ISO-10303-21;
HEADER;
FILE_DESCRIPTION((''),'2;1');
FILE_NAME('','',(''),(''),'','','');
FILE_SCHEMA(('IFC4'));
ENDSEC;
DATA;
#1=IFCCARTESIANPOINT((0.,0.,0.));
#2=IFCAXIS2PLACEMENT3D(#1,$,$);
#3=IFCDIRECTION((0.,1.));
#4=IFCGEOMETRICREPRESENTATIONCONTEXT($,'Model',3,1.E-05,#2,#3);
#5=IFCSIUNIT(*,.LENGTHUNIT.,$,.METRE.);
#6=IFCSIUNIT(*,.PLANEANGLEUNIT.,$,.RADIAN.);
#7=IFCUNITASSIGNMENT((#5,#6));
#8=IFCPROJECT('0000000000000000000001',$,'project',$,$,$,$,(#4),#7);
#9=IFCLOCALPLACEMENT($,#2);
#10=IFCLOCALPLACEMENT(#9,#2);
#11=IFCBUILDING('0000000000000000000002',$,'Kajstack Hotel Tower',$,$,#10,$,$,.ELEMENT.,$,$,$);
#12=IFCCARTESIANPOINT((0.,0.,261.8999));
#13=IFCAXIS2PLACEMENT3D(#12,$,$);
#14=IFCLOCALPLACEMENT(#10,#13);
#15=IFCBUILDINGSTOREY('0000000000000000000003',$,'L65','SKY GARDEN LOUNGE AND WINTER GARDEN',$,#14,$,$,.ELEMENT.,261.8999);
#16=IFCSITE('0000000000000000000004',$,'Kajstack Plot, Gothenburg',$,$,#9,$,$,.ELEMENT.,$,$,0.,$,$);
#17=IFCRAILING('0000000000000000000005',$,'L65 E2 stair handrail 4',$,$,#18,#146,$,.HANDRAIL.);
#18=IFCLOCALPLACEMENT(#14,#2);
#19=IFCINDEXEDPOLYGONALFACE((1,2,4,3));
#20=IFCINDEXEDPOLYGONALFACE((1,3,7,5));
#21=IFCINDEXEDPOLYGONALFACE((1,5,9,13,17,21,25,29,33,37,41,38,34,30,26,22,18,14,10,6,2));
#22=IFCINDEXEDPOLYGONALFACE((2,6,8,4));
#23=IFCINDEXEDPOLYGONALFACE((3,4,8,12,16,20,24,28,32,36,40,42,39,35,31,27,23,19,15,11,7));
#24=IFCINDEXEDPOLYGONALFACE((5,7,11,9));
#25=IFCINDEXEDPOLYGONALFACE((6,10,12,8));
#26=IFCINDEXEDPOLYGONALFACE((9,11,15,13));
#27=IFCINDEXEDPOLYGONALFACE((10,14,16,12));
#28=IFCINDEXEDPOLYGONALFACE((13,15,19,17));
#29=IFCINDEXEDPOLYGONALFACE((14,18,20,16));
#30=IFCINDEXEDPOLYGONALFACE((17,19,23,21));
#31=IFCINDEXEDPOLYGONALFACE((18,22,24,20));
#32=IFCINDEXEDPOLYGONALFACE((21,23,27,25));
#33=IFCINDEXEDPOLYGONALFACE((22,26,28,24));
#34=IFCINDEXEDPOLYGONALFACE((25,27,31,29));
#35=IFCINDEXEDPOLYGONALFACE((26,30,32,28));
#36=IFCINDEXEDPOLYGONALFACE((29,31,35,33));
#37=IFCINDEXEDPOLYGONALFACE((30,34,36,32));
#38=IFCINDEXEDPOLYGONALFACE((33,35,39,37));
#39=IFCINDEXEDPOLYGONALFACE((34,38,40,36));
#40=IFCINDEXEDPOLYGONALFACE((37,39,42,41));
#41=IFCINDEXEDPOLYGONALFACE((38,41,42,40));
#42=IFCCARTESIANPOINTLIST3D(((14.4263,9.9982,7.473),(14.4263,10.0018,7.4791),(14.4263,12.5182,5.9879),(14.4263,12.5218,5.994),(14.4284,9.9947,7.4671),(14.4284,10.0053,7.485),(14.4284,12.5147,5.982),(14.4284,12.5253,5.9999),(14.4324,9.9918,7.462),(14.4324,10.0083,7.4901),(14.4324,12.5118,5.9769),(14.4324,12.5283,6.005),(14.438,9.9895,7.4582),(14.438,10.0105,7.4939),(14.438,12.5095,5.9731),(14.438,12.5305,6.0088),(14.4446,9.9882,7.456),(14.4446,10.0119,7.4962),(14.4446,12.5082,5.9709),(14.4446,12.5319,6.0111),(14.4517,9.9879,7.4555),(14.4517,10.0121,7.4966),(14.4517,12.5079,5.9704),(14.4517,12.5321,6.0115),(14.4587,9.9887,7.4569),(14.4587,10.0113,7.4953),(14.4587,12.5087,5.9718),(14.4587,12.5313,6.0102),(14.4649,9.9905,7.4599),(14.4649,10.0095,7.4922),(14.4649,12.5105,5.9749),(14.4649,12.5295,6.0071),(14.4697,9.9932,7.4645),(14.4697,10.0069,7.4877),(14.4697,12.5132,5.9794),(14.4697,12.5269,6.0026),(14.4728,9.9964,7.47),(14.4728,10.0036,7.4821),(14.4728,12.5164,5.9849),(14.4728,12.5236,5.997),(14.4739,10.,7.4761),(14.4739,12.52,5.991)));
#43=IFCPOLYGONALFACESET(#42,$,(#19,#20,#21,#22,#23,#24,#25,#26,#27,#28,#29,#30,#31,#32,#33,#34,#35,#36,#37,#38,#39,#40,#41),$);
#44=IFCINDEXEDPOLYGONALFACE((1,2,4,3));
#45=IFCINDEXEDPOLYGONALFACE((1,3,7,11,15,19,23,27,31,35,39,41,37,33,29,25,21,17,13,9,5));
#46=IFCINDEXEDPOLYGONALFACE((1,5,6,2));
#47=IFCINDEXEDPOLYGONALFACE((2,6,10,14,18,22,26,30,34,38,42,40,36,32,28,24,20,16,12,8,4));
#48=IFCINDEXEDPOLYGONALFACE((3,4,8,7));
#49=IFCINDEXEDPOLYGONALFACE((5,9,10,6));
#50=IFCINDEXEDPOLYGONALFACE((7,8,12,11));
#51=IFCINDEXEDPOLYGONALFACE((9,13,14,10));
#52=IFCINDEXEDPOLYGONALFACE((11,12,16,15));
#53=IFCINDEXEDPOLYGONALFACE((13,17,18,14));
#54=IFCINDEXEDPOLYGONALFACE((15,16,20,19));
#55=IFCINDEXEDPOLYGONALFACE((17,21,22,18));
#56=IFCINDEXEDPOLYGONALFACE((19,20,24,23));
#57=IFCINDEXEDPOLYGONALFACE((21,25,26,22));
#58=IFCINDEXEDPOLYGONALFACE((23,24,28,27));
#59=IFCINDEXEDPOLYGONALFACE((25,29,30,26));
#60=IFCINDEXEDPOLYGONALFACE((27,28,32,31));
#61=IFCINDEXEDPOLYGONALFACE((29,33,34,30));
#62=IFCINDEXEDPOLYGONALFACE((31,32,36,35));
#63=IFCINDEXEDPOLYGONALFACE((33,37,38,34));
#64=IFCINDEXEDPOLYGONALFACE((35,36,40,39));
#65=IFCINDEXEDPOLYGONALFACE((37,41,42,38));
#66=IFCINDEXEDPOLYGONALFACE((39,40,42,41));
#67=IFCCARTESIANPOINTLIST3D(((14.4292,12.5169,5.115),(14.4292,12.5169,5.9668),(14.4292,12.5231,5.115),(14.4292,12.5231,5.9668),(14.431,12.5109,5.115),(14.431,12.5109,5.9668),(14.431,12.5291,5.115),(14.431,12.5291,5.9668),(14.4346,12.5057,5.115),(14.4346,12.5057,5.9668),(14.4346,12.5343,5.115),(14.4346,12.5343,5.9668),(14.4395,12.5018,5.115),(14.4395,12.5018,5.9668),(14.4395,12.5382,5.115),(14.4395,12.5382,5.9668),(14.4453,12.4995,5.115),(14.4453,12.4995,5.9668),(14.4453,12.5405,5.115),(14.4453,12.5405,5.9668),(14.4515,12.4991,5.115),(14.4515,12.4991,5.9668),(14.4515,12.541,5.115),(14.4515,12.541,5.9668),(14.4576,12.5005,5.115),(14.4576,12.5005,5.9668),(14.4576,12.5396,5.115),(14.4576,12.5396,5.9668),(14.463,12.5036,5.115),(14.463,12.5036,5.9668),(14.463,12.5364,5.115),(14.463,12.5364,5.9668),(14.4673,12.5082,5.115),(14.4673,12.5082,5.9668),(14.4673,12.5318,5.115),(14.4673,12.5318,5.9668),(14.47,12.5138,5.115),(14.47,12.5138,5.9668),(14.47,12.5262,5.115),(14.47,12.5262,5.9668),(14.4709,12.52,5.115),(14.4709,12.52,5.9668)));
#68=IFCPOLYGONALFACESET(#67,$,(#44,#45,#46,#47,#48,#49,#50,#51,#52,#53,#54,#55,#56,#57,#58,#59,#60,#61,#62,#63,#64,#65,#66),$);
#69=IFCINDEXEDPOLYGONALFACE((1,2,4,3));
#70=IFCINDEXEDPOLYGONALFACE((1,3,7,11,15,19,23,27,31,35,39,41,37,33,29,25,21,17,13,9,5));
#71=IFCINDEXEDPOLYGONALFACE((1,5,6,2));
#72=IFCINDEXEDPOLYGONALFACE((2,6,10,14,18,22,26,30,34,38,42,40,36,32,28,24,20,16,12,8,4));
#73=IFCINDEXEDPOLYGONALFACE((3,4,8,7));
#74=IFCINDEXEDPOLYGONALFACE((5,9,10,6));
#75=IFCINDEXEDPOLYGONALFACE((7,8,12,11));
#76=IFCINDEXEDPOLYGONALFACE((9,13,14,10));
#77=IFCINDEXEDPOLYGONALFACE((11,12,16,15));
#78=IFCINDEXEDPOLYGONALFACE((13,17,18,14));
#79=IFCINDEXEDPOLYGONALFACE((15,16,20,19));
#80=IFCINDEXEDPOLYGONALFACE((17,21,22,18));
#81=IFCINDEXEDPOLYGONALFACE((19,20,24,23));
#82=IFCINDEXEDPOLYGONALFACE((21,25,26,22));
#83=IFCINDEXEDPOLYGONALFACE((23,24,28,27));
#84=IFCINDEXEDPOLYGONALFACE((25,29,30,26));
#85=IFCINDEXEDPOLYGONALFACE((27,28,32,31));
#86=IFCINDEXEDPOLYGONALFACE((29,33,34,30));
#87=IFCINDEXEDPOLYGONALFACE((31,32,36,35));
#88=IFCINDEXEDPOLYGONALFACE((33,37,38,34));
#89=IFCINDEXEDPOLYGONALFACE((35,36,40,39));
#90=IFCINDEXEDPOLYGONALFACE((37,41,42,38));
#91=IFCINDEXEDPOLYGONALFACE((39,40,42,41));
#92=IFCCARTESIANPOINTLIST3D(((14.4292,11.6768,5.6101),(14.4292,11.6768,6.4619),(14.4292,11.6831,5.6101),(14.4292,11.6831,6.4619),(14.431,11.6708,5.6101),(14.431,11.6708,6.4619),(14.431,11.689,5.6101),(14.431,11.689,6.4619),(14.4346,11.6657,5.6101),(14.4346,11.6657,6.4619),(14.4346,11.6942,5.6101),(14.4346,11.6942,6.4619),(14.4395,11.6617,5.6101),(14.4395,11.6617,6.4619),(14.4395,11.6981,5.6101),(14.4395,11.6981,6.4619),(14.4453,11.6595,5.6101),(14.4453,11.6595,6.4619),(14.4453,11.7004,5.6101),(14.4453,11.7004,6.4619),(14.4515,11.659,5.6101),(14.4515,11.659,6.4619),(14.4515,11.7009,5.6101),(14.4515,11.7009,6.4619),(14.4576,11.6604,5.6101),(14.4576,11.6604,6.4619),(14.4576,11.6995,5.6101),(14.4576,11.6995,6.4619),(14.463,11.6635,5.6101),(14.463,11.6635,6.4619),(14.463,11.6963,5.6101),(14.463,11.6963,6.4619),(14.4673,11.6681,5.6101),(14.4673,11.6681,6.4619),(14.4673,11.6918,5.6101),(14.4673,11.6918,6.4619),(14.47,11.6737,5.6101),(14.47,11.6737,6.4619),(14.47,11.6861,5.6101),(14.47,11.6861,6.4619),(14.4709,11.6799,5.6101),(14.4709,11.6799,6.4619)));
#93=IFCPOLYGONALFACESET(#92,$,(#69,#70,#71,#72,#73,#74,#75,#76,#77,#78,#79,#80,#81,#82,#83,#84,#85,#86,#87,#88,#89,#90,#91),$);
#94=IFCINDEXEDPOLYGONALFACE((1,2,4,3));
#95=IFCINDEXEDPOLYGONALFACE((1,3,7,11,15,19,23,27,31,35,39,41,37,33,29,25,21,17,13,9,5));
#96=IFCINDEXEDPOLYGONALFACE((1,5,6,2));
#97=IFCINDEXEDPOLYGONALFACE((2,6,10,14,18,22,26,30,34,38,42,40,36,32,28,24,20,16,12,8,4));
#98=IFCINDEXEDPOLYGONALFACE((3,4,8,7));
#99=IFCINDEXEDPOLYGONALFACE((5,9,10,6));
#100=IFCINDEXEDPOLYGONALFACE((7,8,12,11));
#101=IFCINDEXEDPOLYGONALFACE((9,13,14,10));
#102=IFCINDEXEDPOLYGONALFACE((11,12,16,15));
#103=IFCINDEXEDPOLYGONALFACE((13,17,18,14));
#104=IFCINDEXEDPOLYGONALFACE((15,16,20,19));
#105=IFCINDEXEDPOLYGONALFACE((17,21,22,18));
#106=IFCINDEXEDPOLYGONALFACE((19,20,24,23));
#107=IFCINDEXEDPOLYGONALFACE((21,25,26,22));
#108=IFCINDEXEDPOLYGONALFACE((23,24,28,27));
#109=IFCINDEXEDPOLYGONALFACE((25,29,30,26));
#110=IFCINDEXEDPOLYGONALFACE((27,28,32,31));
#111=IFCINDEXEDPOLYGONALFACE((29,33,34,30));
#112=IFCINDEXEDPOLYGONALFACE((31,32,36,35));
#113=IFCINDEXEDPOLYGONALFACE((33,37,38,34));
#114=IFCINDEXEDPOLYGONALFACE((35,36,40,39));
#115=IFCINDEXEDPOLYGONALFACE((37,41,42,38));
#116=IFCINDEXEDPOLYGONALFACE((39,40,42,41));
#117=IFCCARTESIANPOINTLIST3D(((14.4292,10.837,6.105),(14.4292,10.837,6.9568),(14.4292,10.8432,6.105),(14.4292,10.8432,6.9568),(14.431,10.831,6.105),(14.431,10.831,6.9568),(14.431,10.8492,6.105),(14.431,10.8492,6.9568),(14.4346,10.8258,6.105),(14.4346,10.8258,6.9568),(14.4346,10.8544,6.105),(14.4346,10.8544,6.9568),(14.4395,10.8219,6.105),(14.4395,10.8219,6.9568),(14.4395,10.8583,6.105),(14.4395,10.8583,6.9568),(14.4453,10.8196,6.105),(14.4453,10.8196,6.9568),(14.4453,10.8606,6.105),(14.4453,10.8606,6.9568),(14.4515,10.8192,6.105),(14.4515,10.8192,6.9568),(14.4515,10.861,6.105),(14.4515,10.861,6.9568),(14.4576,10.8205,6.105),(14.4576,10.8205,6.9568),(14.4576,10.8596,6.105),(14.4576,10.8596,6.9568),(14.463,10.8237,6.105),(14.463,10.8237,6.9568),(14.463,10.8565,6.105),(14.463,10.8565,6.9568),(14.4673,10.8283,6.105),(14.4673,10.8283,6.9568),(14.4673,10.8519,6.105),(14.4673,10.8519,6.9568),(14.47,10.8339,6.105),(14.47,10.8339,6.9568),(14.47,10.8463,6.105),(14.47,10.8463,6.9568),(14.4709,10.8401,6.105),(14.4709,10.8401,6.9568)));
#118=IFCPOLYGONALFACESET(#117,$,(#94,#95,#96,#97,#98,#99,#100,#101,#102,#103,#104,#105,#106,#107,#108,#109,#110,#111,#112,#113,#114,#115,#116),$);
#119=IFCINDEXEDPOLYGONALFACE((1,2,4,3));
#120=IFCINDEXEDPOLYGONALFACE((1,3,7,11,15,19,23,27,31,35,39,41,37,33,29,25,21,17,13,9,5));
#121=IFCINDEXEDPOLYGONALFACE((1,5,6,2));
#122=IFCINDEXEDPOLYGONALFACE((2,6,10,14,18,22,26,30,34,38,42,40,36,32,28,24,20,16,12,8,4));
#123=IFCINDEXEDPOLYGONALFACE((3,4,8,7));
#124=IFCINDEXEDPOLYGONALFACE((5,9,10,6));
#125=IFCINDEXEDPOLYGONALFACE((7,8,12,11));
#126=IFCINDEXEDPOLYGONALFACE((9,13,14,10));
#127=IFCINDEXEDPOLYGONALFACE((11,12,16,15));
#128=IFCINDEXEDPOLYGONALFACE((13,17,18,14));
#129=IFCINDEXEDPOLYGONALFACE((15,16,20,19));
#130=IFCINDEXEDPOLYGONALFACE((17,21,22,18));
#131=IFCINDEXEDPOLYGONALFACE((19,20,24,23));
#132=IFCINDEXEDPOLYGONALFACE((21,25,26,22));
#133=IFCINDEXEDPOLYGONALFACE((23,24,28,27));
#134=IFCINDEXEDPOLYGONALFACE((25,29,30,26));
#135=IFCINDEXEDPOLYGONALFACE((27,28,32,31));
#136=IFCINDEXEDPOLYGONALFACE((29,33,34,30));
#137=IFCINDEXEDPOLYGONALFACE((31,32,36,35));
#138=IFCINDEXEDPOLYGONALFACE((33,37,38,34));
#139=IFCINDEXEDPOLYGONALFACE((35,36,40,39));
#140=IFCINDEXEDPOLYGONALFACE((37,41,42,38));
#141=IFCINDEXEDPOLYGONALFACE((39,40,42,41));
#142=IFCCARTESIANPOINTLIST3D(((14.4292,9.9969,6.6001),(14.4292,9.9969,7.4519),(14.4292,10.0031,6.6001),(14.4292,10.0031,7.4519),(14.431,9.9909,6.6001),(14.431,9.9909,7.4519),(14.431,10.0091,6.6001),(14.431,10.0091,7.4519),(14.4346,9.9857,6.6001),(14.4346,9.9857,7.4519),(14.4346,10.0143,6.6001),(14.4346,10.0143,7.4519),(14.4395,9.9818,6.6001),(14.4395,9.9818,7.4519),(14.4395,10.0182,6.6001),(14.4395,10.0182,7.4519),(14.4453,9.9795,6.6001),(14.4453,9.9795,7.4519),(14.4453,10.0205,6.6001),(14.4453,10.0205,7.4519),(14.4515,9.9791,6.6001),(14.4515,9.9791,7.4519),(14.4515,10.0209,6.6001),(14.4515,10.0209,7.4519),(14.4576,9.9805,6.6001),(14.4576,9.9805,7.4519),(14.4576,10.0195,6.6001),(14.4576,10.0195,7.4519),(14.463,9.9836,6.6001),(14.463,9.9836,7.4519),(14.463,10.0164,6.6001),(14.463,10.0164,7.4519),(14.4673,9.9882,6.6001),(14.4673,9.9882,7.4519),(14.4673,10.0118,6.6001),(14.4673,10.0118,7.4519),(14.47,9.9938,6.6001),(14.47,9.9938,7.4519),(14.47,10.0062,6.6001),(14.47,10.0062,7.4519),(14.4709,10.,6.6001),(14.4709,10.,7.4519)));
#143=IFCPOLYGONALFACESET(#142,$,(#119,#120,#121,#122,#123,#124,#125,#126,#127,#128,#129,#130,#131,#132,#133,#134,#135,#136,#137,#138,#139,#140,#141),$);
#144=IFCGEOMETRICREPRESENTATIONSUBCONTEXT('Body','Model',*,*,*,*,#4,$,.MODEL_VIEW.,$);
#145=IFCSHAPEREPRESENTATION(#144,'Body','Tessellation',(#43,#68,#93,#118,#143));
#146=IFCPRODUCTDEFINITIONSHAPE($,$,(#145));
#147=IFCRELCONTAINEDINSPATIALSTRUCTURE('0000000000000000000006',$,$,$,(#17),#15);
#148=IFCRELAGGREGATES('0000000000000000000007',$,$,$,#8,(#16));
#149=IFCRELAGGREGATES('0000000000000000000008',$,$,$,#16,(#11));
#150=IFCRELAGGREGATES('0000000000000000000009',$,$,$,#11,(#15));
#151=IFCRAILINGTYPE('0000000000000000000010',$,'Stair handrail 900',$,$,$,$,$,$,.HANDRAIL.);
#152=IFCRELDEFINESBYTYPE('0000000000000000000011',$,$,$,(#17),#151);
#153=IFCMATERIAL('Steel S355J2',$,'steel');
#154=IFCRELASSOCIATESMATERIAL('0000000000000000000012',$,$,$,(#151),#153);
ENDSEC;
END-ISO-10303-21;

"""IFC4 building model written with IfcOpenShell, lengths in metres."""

from ifc_helpers import new_model, si_unit, direction, frame, origin, origin_2d, place, context, subcontext, project, spatial, circle, extrude, material, type_object, element, save


model = new_model("IFC4")

# Units and contexts
model_context = context("Model", 3, precision=1e-05, world=origin(), true_north=direction((0.0, 1.0)))
body_context = subcontext(model_context, "Body", "Model", "MODEL_VIEW")
ifc_project = project(units=[si_unit("LENGTHUNIT", "METRE"), si_unit("PLANEANGLEUNIT", "RADIAN")], contexts=[model_context])

# Site, building, storey
site_placement = place(None, origin())
site = spatial("IfcSite", under=ifc_project, at=site_placement, Name="Kajstack Plot, Gothenburg", CompositionType="ELEMENT", RefElevation=0.0)
building_placement = place(site_placement, origin())
building = spatial("IfcBuilding", under=site, at=building_placement, Name="Kajstack Hotel Tower", CompositionType="ELEMENT")
storey_placement = place(building_placement, frame((0.0, 0.0, 261.8999)))
storey = spatial("IfcBuildingStorey", under=building, at=storey_placement, Name="L65", Description="SKY GARDEN LOUNGE AND WINTER GARDEN", CompositionType="ELEMENT", Elevation=261.8999)

# Railing
ifc_material_1 = material(Name="Steel S355J2", Category="steel")
railing_type_1 = type_object("IfcRailingType", Name="Stair handrail 900", PredefinedType="HANDRAIL", material=ifc_material_1)
railing_1_placement = place(storey_placement, frame((14.45, 12.52, 5.115)))
element("IfcRailing", 1, at=railing_1_placement, inside=storey, type_object=railing_type_1, Name="L65 E2 stair handrail 4", PredefinedType="HANDRAIL", context=body_context, shape_type="SweptSolid", body=[
    extrude(circle(Radius=0.0239, at=origin_2d()), frame((0.0, 0.0, 0.876), z_axis=(0.0, -0.861524, 0.507717), x_axis=(1.0, 0.0, 0.0)), (0.0, 0.0, 1.0), 2.925),
    extrude(circle(Radius=0.021, at=origin_2d()), origin(), (0.0, 0.0, 1.0), 0.8518),
    extrude(circle(Radius=0.021, at=origin_2d()), frame((0.0, -0.8401, 0.4951)), (0.0, 0.0, 1.0), 0.8518),
    extrude(circle(Radius=0.021, at=origin_2d()), frame((0.0, -1.6799, 0.99)), (0.0, 0.0, 1.0), 0.8518),
    extrude(circle(Radius=0.021, at=origin_2d()), frame((0.0, -2.52, 1.4851)), (0.0, 0.0, 1.0), 0.8518),
])

save(model, "model.ifc")
